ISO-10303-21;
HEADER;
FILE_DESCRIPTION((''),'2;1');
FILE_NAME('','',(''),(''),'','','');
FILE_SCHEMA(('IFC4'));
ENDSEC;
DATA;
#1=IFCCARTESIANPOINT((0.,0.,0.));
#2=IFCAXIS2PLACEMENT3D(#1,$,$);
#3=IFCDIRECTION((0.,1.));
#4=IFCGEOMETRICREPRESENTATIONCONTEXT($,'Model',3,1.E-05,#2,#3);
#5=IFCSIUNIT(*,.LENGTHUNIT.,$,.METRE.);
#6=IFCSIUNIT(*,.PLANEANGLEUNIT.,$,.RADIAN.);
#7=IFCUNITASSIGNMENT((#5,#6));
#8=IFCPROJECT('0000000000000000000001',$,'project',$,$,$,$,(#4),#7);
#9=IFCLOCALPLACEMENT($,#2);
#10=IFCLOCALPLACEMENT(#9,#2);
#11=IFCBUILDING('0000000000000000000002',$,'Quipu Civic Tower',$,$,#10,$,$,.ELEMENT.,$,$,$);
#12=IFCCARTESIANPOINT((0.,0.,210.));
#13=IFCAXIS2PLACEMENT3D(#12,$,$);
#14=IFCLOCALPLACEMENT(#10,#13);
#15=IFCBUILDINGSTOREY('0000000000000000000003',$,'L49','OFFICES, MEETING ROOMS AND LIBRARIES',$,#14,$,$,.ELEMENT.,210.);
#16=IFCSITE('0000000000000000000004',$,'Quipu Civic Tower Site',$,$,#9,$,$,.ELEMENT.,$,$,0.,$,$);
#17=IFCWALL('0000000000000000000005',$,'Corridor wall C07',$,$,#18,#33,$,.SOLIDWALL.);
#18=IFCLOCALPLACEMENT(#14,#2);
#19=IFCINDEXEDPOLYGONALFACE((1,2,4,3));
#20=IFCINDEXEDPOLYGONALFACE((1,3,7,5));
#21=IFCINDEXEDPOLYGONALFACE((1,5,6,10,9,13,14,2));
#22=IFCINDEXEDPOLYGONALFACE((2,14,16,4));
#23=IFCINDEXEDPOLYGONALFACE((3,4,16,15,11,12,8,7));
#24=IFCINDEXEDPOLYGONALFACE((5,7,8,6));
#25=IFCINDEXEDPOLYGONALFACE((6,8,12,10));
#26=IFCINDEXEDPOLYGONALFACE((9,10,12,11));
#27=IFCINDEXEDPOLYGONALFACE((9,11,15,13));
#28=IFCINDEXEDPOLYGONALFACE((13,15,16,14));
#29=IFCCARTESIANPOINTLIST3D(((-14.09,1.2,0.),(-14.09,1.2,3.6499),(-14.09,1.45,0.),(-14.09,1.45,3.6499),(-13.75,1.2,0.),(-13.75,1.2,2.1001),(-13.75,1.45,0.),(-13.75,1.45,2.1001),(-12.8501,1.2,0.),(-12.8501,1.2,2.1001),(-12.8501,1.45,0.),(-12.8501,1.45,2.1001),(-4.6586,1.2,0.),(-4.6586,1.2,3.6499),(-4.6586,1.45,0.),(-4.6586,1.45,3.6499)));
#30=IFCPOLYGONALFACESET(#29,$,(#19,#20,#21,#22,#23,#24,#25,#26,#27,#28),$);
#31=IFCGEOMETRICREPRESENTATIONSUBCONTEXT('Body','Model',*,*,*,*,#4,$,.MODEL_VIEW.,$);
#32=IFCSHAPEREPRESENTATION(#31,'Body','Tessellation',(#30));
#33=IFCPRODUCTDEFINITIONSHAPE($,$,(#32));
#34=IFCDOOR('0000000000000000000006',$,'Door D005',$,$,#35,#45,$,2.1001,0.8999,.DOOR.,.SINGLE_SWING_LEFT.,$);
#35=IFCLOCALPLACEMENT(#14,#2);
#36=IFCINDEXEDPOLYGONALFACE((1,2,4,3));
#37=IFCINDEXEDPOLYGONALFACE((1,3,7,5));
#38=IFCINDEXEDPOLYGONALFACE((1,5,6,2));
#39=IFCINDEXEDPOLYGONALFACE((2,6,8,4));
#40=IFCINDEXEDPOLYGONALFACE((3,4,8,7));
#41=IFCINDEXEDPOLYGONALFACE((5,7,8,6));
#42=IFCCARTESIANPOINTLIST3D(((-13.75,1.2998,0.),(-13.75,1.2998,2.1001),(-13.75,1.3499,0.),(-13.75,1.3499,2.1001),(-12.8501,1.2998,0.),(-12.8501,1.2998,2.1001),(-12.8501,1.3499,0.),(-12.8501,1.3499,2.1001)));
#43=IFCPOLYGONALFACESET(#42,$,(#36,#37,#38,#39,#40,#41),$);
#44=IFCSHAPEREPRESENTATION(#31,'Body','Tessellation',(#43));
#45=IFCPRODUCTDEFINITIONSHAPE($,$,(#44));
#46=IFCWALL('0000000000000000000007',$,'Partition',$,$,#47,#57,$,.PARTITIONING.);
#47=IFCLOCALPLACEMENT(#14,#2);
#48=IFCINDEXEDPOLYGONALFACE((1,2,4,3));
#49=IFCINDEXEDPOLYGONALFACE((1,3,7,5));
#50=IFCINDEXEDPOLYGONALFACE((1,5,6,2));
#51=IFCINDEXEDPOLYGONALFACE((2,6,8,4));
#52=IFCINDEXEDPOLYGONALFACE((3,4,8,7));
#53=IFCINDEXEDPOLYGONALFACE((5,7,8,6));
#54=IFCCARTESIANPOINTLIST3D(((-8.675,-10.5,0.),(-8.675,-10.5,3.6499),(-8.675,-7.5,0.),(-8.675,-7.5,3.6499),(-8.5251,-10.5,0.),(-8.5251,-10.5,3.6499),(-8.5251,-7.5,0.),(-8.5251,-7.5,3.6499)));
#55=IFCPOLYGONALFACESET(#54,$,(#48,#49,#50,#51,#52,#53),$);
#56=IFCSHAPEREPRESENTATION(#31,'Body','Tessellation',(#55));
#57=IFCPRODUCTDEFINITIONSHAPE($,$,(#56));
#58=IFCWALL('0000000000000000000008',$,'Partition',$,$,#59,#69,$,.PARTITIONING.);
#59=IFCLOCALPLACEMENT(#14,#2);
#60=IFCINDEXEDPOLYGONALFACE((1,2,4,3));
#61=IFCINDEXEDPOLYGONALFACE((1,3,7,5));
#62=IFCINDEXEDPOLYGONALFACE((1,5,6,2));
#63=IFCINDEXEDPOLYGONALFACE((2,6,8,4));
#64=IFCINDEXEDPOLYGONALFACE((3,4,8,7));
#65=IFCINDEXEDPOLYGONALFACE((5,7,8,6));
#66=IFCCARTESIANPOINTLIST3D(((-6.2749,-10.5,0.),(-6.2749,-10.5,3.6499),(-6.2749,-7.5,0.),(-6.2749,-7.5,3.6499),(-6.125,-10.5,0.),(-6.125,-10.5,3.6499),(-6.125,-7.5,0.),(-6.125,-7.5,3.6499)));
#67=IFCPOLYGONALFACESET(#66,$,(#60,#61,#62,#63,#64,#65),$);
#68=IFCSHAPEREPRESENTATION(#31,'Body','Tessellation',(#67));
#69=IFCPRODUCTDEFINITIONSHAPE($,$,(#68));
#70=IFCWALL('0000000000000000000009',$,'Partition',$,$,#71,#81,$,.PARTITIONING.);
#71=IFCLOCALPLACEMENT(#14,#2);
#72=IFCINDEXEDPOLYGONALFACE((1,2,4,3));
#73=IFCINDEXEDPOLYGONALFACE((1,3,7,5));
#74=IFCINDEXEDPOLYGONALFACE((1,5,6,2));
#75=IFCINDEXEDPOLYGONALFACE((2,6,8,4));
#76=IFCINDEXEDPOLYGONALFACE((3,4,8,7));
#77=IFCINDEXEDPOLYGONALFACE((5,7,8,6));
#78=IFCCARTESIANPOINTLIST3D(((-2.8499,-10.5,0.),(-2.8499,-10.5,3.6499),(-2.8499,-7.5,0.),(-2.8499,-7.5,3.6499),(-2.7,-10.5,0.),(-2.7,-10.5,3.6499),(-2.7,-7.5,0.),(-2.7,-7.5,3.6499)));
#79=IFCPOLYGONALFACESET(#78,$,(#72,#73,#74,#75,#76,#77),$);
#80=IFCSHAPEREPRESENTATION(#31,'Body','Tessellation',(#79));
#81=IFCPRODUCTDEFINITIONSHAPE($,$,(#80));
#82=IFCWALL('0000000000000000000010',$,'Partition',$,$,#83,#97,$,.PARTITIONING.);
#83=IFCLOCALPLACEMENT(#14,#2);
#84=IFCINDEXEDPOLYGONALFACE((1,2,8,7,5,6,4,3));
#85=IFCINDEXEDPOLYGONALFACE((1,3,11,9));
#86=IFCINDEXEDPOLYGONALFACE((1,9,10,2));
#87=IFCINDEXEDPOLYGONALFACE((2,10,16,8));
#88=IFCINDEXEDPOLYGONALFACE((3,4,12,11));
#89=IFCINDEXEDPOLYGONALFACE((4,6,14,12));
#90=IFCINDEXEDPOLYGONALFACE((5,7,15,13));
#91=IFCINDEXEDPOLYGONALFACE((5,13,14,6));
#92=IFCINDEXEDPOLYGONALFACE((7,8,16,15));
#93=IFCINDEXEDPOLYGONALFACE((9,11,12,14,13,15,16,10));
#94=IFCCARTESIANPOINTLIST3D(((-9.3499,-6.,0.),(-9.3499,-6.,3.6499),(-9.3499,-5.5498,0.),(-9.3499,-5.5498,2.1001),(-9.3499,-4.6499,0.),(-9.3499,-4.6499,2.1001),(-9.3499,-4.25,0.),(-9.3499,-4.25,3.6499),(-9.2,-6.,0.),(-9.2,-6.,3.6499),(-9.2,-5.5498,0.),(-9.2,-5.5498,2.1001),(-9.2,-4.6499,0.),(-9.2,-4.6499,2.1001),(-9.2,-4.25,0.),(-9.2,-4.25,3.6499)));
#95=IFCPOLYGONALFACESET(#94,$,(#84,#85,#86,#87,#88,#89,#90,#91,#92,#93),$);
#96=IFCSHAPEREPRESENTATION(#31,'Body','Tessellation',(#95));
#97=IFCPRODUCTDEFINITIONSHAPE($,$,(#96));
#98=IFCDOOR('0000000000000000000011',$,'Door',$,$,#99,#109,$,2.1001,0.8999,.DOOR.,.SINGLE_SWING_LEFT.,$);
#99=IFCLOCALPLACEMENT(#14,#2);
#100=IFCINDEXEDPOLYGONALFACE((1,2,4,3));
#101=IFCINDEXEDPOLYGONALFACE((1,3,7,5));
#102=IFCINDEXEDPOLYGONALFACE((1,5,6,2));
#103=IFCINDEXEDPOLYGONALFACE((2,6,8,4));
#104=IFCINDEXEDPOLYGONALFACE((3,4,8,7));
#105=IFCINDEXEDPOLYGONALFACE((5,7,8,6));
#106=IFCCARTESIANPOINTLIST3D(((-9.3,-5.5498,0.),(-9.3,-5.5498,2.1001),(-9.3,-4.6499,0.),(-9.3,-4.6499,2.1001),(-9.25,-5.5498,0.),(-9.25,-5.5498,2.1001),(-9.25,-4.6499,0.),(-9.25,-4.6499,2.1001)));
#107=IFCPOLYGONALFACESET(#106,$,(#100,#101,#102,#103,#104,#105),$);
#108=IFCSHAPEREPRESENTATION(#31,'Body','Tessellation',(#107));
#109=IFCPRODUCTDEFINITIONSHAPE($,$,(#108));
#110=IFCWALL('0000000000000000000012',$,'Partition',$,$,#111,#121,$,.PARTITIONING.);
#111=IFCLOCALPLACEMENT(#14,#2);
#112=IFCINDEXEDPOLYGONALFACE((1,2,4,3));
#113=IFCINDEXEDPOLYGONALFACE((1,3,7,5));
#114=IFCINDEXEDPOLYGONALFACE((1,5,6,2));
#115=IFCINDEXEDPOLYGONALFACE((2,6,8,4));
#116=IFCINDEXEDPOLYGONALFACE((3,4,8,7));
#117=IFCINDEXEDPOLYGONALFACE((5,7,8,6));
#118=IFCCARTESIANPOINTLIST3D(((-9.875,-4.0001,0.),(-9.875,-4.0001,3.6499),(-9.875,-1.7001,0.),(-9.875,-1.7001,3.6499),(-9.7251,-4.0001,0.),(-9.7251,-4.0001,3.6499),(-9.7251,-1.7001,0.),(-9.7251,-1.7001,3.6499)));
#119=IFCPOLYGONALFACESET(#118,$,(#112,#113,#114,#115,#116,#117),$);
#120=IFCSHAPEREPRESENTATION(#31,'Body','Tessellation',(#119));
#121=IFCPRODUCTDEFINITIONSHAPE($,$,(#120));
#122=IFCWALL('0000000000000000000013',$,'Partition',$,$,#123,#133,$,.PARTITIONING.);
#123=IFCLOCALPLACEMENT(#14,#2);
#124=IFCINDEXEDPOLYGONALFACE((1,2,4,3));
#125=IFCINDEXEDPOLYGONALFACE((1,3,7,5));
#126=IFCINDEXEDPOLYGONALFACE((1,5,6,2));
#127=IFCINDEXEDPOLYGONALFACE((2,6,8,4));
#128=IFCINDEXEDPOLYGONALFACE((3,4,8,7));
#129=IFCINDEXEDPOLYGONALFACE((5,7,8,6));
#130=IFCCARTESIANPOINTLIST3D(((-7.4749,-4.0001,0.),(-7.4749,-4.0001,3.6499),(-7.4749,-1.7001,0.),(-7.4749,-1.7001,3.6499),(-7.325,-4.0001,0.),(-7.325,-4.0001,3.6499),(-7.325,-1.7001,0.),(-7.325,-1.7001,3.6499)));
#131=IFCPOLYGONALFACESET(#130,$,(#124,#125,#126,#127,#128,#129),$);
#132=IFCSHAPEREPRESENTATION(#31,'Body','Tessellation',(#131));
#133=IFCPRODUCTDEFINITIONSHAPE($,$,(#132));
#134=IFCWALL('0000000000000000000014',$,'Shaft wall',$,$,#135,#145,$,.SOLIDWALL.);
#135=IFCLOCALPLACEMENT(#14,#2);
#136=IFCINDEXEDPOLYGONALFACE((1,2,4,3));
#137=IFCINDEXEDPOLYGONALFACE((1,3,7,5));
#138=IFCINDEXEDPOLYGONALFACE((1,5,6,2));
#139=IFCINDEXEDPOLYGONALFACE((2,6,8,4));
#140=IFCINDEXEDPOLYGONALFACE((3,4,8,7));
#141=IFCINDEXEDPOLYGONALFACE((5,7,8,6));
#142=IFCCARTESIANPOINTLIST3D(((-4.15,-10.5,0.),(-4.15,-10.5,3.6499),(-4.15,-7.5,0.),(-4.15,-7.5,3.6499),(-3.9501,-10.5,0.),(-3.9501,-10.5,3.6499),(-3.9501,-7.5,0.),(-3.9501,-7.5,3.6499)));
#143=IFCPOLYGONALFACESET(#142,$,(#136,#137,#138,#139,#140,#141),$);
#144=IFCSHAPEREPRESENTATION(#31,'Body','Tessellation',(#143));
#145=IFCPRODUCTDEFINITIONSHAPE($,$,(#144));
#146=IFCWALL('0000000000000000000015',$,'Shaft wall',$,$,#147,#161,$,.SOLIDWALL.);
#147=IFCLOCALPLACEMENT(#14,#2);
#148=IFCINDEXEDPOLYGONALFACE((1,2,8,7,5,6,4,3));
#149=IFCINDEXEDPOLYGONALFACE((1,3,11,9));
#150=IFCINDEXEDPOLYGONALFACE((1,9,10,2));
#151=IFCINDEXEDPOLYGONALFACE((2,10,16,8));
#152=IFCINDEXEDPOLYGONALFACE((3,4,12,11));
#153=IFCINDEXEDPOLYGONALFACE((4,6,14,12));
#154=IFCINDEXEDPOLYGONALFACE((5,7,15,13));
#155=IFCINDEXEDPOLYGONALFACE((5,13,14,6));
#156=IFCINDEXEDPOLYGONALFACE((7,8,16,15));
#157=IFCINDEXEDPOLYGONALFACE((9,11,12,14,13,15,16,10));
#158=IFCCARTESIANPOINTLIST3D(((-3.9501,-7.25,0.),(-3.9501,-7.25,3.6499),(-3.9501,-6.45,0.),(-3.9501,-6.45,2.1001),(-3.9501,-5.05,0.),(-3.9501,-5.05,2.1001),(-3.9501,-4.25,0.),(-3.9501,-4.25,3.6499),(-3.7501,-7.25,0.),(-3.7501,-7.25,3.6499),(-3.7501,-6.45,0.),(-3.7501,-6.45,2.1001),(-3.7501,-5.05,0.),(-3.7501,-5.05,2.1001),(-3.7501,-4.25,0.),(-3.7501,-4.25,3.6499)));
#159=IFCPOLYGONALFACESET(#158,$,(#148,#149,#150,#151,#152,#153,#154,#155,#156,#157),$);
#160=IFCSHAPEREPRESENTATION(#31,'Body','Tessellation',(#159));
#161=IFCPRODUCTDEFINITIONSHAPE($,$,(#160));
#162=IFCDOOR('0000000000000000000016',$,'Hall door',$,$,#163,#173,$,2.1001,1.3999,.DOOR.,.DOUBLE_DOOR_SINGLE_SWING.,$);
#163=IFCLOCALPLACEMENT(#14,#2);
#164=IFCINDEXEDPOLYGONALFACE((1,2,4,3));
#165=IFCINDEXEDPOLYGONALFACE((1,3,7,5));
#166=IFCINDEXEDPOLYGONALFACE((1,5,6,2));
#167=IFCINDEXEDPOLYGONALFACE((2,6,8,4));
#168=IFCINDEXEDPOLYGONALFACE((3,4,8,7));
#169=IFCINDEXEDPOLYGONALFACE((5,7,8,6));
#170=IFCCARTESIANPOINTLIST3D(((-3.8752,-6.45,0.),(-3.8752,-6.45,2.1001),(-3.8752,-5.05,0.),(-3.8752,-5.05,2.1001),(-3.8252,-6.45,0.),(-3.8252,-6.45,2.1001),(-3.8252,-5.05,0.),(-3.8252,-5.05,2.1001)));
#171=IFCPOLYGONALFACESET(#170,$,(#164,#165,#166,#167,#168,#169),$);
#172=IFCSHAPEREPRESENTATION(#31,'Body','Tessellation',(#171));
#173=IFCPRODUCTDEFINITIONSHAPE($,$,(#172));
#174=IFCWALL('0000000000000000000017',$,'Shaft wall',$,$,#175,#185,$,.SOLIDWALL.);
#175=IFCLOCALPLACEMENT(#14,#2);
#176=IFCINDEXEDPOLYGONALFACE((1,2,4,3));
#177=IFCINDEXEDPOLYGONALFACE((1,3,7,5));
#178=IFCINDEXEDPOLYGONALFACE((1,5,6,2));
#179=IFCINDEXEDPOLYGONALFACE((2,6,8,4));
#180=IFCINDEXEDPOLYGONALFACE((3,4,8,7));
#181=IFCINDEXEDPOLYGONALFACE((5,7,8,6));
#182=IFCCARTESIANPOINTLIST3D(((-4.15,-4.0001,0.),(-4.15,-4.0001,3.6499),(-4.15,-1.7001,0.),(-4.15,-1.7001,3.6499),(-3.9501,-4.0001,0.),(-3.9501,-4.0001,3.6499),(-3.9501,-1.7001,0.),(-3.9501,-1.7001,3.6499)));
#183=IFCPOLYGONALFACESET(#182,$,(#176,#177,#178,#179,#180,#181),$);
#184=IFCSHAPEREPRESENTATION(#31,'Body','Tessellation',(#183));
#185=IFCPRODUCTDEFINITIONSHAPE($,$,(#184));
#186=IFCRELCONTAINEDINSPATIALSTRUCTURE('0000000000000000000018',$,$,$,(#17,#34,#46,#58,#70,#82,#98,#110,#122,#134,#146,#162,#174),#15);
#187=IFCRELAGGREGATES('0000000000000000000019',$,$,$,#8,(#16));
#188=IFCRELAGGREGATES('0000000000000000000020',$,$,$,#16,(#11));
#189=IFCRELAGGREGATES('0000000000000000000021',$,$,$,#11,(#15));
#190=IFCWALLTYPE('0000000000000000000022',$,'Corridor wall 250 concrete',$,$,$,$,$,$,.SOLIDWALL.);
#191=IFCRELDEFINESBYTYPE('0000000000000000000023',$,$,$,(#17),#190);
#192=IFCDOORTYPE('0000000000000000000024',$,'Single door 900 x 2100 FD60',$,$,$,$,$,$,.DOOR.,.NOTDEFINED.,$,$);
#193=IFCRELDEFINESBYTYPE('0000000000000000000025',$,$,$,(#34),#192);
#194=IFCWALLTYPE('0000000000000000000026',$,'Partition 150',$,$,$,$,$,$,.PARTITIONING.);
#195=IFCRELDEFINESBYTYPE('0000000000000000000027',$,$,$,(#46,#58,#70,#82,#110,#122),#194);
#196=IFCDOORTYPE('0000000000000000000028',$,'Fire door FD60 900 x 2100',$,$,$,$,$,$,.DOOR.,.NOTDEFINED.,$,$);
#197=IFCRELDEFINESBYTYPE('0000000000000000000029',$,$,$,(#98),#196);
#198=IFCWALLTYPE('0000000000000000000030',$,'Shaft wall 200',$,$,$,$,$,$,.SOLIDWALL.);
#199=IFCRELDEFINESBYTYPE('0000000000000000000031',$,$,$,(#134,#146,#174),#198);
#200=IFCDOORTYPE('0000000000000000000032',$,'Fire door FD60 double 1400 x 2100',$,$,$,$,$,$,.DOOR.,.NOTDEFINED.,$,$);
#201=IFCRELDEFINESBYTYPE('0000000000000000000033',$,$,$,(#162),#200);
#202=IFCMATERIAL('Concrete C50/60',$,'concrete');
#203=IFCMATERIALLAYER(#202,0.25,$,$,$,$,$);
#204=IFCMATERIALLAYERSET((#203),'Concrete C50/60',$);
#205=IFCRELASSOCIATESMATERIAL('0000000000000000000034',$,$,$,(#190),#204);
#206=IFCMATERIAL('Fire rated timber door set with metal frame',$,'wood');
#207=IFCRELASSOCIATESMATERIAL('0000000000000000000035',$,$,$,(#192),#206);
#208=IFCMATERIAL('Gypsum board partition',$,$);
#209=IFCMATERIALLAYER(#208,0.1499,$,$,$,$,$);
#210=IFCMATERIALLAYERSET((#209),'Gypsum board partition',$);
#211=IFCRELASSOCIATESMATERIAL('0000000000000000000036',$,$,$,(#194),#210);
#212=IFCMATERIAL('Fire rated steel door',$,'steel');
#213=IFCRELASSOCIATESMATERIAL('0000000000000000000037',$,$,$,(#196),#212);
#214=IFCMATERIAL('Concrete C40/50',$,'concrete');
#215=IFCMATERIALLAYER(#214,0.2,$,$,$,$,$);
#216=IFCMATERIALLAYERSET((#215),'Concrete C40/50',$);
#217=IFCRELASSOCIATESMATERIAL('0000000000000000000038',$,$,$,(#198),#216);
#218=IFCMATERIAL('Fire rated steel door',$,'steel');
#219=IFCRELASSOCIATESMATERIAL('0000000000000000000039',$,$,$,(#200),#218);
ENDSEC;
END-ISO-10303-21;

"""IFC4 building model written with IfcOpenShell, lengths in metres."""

from ifc_helpers import new_model, si_unit, direction, frame, frame_2d, origin, place, context, subcontext, project, spatial, rectangle, extrude, material, layer, layer_set, type_object, element, fill, save


model = new_model("IFC4")

# Units and contexts
model_context = context("Model", 3, precision=1e-05, world=origin(), true_north=direction((0.0, 1.0)))
body_context = subcontext(model_context, "Body", "Model", "MODEL_VIEW")
ifc_project = project(units=[si_unit("LENGTHUNIT", "METRE"), si_unit("PLANEANGLEUNIT", "RADIAN")], contexts=[model_context])

# Site, building, storey
site_placement = place(None, origin())
site = spatial("IfcSite", under=ifc_project, at=site_placement, Name="Quipu Civic Tower Site", CompositionType="ELEMENT", RefElevation=0.0)
building_placement = place(site_placement, origin())
building = spatial("IfcBuilding", under=site, at=building_placement, Name="Quipu Civic Tower", CompositionType="ELEMENT")
storey_placement = place(building_placement, frame((0.0, 0.0, 210.0)))
storey = spatial("IfcBuildingStorey", under=building, at=storey_placement, Name="L49", Description="OFFICES, MEETING ROOMS AND LIBRARIES", CompositionType="ELEMENT", Elevation=210.0)

# Wall, opening, door
ifc_material_1 = material(Name="Concrete C50/60", Category="concrete")
ifc_layer_1 = layer(ifc_material_1, 0.25)
ifc_layer_set_1 = layer_set([ifc_layer_1], Name="Concrete C50/60")
wall_type_1 = type_object("IfcWallType", Name="Corridor wall 250 concrete", PredefinedType="SOLIDWALL", material=ifc_layer_set_1)
wall_1_placement = place(storey_placement, frame((-14.0901, 1.325, 0.0), z_axis=(0.0, 0.0, 1.0), x_axis=(1.0, 0.0, 0.0)))
wall_1 = element("IfcWall", 1, at=wall_1_placement, inside=storey, type_object=wall_type_1, Name="Corridor wall C07", PredefinedType="SOLIDWALL", context=body_context, shape_type="SweptSolid", body=[
    extrude(rectangle(XDim=9.4314, YDim=0.25, at=frame_2d((4.7158, 0.0))), origin(), (0.0, 0.0, 1.0), 3.6499),
])
opening_1_placement = place(wall_1_placement, frame((0.3401, 0.0, 0.0)))
opening_1 = element("IfcOpeningElement", 2, at=opening_1_placement, cuts=wall_1, PredefinedType="OPENING", context=body_context, shape_type="SweptSolid", body=[
    extrude(rectangle(XDim=0.8999, YDim=2.1001, at=frame_2d((0.45, 1.05))), frame((0.0, 0.135, 0.0), z_axis=(0.0, -1.0, 0.0), x_axis=(1.0, 0.0, 0.0)), (0.0, 0.0, 1.0), 0.27),
])
ifc_material_2 = material(Name="Fire rated timber door set with metal frame", Category="wood")
door_type_1 = type_object("IfcDoorType", Name="Single door 900 x 2100 FD60", OperationType="NOTDEFINED", PredefinedType="DOOR", material=ifc_material_2)
door_1_placement = place(opening_1_placement, origin())
door_1 = element("IfcDoor", 3, at=door_1_placement, inside=storey, type_object=door_type_1, Name="Door D005", OperationType="SINGLE_SWING_LEFT", OverallHeight=2.1001, OverallWidth=0.8999, PredefinedType="DOOR", context=body_context, shape_type="SweptSolid", body=[
    extrude(rectangle(XDim=0.8999, YDim=2.1001, at=frame_2d((0.45, 1.05))), frame((0.0, 0.0249, 0.0), z_axis=(0.0, -1.0, 0.0), x_axis=(1.0, 0.0, 0.0)), (0.0, 0.0, 1.0), 0.05),
])
fill(opening_1, door_1)

# Walls
ifc_material_3 = material(Name="Gypsum board partition")
ifc_layer_2 = layer(ifc_material_3, 0.1499)
ifc_layer_set_2 = layer_set([ifc_layer_2], Name="Gypsum board partition")
wall_type_2 = type_object("IfcWallType", Name="Partition 150", PredefinedType="PARTITIONING", material=ifc_layer_set_2)
for number, where, z_axis, x_axis, name in (
    (4, (-8.6001, -10.5, 0.0), (0.0, 0.0, 1.0), (0.0, 1.0, 0.0), "Partition"),
    (5, (-6.2, -10.5, 0.0), (0.0, 0.0, 1.0), (0.0, 1.0, 0.0), "Partition"),
    (6, (-2.7749, -10.5, 0.0), (0.0, 0.0, 1.0), (0.0, 1.0, 0.0), "Partition"),
):
    element("IfcWall", number, at=place(storey_placement, frame(where, z_axis=z_axis, x_axis=x_axis)), inside=storey, type_object=wall_type_2, Name=name, PredefinedType="PARTITIONING", context=body_context, shape_type="SweptSolid", body=[
        extrude(rectangle(XDim=3.0, YDim=0.1499, at=frame_2d((1.5, 0.0))), origin(), (0.0, 0.0, 1.0), 3.6499),
    ])

# Wall, opening, door
wall_2_placement = place(storey_placement, frame((-9.2749, -4.25, 0.0), z_axis=(0.0, 0.0, 1.0), x_axis=(0.0, -1.0, 0.0)))
wall_2 = element("IfcWall", 7, at=wall_2_placement, inside=storey, type_object=wall_type_2, Name="Partition", PredefinedType="PARTITIONING", context=body_context, shape_type="SweptSolid", body=[
    extrude(rectangle(XDim=1.75, YDim=0.1499, at=frame_2d((0.875, 0.0))), origin(), (0.0, 0.0, 1.0), 3.6499),
])
opening_2_placement = place(wall_2_placement, frame((0.3999, 0.0, 0.0)))
opening_2 = element("IfcOpeningElement", 8, at=opening_2_placement, cuts=wall_2, PredefinedType="OPENING", context=body_context, shape_type="SweptSolid", body=[
    extrude(rectangle(XDim=0.8999, YDim=2.1001, at=frame_2d((0.45, 1.05))), frame((0.0, 0.085, 0.0), z_axis=(0.0, -1.0, 0.0), x_axis=(1.0, 0.0, 0.0)), (0.0, 0.0, 1.0), 0.1699),
])
ifc_material_4 = material(Name="Fire rated steel door", Category="steel")
door_type_2 = type_object("IfcDoorType", Name="Fire door FD60 900 x 2100", OperationType="NOTDEFINED", PredefinedType="DOOR", material=ifc_material_4)
door_2_placement = place(opening_2_placement, origin())
door_2 = element("IfcDoor", 9, at=door_2_placement, inside=storey, type_object=door_type_2, Name="Door", OperationType="SINGLE_SWING_LEFT", OverallHeight=2.1001, OverallWidth=0.8999, PredefinedType="DOOR", context=body_context, shape_type="SweptSolid", body=[
    extrude(rectangle(XDim=0.8999, YDim=2.1001, at=frame_2d((0.45, 1.05))), frame((0.0, 0.0249, 0.0), z_axis=(0.0, -1.0, 0.0), x_axis=(1.0, 0.0, 0.0)), (0.0, 0.0, 1.0), 0.05),
])
fill(opening_2, door_2)

# Walls
for number, where, z_axis, x_axis, name in (
    (10, (-9.8, -4.0, 0.0), (0.0, 0.0, 1.0), (0.0, 1.0, 0.0), "Partition"),
    (11, (-7.3999, -4.0, 0.0), (0.0, 0.0, 1.0), (0.0, 1.0, 0.0), "Partition"),
):
    element("IfcWall", number, at=place(storey_placement, frame(where, z_axis=z_axis, x_axis=x_axis)), inside=storey, type_object=wall_type_2, Name=name, PredefinedType="PARTITIONING", context=body_context, shape_type="SweptSolid", body=[
        extrude(rectangle(XDim=2.3, YDim=0.1499, at=frame_2d((1.1499, 0.0))), origin(), (0.0, 0.0, 1.0), 3.6499),
    ])
ifc_material_5 = material(Name="Concrete C40/50", Category="concrete")
ifc_layer_3 = layer(ifc_material_5, 0.2)
ifc_layer_set_3 = layer_set([ifc_layer_3], Name="Concrete C40/50")
wall_type_3 = type_object("IfcWallType", Name="Shaft wall 200", PredefinedType="SOLIDWALL", material=ifc_layer_set_3)
wall_3_placement = place(storey_placement, frame((-4.05, -10.5, 0.0), z_axis=(0.0, 0.0, 1.0), x_axis=(0.0, 1.0, 0.0)))
element("IfcWall", 12, at=wall_3_placement, inside=storey, type_object=wall_type_3, Name="Shaft wall", PredefinedType="SOLIDWALL", context=body_context, shape_type="SweptSolid", body=[
    extrude(rectangle(XDim=3.0, YDim=0.2, at=frame_2d((1.5, 0.0))), origin(), (0.0, 0.0, 1.0), 3.6499),
])

# Wall, opening, door
wall_4_placement = place(storey_placement, frame((-3.8501, -4.25, 0.0), z_axis=(0.0, 0.0, 1.0), x_axis=(0.0, -1.0, 0.0)))
wall_4 = element("IfcWall", 13, at=wall_4_placement, inside=storey, type_object=wall_type_3, Name="Shaft wall", PredefinedType="SOLIDWALL", context=body_context, shape_type="SweptSolid", body=[
    extrude(rectangle(XDim=3.0, YDim=0.2, at=frame_2d((1.5, 0.0))), origin(), (0.0, 0.0, 1.0), 3.6499),
])
opening_3_placement = place(wall_4_placement, frame((0.8, 0.0, 0.0)))
opening_3 = element("IfcOpeningElement", 14, at=opening_3_placement, cuts=wall_4, PredefinedType="OPENING", context=body_context, shape_type="SweptSolid", body=[
    extrude(rectangle(XDim=1.3999, YDim=2.1001, at=frame_2d((0.7, 1.05))), frame((0.0, 0.1099, 0.0), z_axis=(0.0, -1.0, 0.0), x_axis=(1.0, 0.0, 0.0)), (0.0, 0.0, 1.0), 0.22),
])
ifc_material_6 = material(Name="Fire rated steel door", Category="steel")
door_type_3 = type_object("IfcDoorType", Name="Fire door FD60 double 1400 x 2100", OperationType="NOTDEFINED", PredefinedType="DOOR", material=ifc_material_6)
door_3_placement = place(opening_3_placement, origin())
door_3 = element("IfcDoor", 15, at=door_3_placement, inside=storey, type_object=door_type_3, Name="Hall door", OperationType="DOUBLE_DOOR_SINGLE_SWING", OverallHeight=2.1001, OverallWidth=1.3999, PredefinedType="DOOR", context=body_context, shape_type="SweptSolid", body=[
    extrude(rectangle(XDim=1.3999, YDim=2.1001, at=frame_2d((0.7, 1.05))), frame((0.0, 0.0249, 0.0), z_axis=(0.0, -1.0, 0.0), x_axis=(1.0, 0.0, 0.0)), (0.0, 0.0, 1.0), 0.05),
])
fill(opening_3, door_3)

# Wall
wall_5_placement = place(storey_placement, frame((-4.05, -4.0, 0.0), z_axis=(0.0, 0.0, 1.0), x_axis=(0.0, 1.0, 0.0)))
element("IfcWall", 16, at=wall_5_placement, inside=storey, type_object=wall_type_3, Name="Shaft wall", PredefinedType="SOLIDWALL", context=body_context, shape_type="SweptSolid", body=[
    extrude(rectangle(XDim=2.3, YDim=0.2, at=frame_2d((1.1499, 0.0))), origin(), (0.0, 0.0, 1.0), 3.6499),
])

save(model, "model.ifc")
